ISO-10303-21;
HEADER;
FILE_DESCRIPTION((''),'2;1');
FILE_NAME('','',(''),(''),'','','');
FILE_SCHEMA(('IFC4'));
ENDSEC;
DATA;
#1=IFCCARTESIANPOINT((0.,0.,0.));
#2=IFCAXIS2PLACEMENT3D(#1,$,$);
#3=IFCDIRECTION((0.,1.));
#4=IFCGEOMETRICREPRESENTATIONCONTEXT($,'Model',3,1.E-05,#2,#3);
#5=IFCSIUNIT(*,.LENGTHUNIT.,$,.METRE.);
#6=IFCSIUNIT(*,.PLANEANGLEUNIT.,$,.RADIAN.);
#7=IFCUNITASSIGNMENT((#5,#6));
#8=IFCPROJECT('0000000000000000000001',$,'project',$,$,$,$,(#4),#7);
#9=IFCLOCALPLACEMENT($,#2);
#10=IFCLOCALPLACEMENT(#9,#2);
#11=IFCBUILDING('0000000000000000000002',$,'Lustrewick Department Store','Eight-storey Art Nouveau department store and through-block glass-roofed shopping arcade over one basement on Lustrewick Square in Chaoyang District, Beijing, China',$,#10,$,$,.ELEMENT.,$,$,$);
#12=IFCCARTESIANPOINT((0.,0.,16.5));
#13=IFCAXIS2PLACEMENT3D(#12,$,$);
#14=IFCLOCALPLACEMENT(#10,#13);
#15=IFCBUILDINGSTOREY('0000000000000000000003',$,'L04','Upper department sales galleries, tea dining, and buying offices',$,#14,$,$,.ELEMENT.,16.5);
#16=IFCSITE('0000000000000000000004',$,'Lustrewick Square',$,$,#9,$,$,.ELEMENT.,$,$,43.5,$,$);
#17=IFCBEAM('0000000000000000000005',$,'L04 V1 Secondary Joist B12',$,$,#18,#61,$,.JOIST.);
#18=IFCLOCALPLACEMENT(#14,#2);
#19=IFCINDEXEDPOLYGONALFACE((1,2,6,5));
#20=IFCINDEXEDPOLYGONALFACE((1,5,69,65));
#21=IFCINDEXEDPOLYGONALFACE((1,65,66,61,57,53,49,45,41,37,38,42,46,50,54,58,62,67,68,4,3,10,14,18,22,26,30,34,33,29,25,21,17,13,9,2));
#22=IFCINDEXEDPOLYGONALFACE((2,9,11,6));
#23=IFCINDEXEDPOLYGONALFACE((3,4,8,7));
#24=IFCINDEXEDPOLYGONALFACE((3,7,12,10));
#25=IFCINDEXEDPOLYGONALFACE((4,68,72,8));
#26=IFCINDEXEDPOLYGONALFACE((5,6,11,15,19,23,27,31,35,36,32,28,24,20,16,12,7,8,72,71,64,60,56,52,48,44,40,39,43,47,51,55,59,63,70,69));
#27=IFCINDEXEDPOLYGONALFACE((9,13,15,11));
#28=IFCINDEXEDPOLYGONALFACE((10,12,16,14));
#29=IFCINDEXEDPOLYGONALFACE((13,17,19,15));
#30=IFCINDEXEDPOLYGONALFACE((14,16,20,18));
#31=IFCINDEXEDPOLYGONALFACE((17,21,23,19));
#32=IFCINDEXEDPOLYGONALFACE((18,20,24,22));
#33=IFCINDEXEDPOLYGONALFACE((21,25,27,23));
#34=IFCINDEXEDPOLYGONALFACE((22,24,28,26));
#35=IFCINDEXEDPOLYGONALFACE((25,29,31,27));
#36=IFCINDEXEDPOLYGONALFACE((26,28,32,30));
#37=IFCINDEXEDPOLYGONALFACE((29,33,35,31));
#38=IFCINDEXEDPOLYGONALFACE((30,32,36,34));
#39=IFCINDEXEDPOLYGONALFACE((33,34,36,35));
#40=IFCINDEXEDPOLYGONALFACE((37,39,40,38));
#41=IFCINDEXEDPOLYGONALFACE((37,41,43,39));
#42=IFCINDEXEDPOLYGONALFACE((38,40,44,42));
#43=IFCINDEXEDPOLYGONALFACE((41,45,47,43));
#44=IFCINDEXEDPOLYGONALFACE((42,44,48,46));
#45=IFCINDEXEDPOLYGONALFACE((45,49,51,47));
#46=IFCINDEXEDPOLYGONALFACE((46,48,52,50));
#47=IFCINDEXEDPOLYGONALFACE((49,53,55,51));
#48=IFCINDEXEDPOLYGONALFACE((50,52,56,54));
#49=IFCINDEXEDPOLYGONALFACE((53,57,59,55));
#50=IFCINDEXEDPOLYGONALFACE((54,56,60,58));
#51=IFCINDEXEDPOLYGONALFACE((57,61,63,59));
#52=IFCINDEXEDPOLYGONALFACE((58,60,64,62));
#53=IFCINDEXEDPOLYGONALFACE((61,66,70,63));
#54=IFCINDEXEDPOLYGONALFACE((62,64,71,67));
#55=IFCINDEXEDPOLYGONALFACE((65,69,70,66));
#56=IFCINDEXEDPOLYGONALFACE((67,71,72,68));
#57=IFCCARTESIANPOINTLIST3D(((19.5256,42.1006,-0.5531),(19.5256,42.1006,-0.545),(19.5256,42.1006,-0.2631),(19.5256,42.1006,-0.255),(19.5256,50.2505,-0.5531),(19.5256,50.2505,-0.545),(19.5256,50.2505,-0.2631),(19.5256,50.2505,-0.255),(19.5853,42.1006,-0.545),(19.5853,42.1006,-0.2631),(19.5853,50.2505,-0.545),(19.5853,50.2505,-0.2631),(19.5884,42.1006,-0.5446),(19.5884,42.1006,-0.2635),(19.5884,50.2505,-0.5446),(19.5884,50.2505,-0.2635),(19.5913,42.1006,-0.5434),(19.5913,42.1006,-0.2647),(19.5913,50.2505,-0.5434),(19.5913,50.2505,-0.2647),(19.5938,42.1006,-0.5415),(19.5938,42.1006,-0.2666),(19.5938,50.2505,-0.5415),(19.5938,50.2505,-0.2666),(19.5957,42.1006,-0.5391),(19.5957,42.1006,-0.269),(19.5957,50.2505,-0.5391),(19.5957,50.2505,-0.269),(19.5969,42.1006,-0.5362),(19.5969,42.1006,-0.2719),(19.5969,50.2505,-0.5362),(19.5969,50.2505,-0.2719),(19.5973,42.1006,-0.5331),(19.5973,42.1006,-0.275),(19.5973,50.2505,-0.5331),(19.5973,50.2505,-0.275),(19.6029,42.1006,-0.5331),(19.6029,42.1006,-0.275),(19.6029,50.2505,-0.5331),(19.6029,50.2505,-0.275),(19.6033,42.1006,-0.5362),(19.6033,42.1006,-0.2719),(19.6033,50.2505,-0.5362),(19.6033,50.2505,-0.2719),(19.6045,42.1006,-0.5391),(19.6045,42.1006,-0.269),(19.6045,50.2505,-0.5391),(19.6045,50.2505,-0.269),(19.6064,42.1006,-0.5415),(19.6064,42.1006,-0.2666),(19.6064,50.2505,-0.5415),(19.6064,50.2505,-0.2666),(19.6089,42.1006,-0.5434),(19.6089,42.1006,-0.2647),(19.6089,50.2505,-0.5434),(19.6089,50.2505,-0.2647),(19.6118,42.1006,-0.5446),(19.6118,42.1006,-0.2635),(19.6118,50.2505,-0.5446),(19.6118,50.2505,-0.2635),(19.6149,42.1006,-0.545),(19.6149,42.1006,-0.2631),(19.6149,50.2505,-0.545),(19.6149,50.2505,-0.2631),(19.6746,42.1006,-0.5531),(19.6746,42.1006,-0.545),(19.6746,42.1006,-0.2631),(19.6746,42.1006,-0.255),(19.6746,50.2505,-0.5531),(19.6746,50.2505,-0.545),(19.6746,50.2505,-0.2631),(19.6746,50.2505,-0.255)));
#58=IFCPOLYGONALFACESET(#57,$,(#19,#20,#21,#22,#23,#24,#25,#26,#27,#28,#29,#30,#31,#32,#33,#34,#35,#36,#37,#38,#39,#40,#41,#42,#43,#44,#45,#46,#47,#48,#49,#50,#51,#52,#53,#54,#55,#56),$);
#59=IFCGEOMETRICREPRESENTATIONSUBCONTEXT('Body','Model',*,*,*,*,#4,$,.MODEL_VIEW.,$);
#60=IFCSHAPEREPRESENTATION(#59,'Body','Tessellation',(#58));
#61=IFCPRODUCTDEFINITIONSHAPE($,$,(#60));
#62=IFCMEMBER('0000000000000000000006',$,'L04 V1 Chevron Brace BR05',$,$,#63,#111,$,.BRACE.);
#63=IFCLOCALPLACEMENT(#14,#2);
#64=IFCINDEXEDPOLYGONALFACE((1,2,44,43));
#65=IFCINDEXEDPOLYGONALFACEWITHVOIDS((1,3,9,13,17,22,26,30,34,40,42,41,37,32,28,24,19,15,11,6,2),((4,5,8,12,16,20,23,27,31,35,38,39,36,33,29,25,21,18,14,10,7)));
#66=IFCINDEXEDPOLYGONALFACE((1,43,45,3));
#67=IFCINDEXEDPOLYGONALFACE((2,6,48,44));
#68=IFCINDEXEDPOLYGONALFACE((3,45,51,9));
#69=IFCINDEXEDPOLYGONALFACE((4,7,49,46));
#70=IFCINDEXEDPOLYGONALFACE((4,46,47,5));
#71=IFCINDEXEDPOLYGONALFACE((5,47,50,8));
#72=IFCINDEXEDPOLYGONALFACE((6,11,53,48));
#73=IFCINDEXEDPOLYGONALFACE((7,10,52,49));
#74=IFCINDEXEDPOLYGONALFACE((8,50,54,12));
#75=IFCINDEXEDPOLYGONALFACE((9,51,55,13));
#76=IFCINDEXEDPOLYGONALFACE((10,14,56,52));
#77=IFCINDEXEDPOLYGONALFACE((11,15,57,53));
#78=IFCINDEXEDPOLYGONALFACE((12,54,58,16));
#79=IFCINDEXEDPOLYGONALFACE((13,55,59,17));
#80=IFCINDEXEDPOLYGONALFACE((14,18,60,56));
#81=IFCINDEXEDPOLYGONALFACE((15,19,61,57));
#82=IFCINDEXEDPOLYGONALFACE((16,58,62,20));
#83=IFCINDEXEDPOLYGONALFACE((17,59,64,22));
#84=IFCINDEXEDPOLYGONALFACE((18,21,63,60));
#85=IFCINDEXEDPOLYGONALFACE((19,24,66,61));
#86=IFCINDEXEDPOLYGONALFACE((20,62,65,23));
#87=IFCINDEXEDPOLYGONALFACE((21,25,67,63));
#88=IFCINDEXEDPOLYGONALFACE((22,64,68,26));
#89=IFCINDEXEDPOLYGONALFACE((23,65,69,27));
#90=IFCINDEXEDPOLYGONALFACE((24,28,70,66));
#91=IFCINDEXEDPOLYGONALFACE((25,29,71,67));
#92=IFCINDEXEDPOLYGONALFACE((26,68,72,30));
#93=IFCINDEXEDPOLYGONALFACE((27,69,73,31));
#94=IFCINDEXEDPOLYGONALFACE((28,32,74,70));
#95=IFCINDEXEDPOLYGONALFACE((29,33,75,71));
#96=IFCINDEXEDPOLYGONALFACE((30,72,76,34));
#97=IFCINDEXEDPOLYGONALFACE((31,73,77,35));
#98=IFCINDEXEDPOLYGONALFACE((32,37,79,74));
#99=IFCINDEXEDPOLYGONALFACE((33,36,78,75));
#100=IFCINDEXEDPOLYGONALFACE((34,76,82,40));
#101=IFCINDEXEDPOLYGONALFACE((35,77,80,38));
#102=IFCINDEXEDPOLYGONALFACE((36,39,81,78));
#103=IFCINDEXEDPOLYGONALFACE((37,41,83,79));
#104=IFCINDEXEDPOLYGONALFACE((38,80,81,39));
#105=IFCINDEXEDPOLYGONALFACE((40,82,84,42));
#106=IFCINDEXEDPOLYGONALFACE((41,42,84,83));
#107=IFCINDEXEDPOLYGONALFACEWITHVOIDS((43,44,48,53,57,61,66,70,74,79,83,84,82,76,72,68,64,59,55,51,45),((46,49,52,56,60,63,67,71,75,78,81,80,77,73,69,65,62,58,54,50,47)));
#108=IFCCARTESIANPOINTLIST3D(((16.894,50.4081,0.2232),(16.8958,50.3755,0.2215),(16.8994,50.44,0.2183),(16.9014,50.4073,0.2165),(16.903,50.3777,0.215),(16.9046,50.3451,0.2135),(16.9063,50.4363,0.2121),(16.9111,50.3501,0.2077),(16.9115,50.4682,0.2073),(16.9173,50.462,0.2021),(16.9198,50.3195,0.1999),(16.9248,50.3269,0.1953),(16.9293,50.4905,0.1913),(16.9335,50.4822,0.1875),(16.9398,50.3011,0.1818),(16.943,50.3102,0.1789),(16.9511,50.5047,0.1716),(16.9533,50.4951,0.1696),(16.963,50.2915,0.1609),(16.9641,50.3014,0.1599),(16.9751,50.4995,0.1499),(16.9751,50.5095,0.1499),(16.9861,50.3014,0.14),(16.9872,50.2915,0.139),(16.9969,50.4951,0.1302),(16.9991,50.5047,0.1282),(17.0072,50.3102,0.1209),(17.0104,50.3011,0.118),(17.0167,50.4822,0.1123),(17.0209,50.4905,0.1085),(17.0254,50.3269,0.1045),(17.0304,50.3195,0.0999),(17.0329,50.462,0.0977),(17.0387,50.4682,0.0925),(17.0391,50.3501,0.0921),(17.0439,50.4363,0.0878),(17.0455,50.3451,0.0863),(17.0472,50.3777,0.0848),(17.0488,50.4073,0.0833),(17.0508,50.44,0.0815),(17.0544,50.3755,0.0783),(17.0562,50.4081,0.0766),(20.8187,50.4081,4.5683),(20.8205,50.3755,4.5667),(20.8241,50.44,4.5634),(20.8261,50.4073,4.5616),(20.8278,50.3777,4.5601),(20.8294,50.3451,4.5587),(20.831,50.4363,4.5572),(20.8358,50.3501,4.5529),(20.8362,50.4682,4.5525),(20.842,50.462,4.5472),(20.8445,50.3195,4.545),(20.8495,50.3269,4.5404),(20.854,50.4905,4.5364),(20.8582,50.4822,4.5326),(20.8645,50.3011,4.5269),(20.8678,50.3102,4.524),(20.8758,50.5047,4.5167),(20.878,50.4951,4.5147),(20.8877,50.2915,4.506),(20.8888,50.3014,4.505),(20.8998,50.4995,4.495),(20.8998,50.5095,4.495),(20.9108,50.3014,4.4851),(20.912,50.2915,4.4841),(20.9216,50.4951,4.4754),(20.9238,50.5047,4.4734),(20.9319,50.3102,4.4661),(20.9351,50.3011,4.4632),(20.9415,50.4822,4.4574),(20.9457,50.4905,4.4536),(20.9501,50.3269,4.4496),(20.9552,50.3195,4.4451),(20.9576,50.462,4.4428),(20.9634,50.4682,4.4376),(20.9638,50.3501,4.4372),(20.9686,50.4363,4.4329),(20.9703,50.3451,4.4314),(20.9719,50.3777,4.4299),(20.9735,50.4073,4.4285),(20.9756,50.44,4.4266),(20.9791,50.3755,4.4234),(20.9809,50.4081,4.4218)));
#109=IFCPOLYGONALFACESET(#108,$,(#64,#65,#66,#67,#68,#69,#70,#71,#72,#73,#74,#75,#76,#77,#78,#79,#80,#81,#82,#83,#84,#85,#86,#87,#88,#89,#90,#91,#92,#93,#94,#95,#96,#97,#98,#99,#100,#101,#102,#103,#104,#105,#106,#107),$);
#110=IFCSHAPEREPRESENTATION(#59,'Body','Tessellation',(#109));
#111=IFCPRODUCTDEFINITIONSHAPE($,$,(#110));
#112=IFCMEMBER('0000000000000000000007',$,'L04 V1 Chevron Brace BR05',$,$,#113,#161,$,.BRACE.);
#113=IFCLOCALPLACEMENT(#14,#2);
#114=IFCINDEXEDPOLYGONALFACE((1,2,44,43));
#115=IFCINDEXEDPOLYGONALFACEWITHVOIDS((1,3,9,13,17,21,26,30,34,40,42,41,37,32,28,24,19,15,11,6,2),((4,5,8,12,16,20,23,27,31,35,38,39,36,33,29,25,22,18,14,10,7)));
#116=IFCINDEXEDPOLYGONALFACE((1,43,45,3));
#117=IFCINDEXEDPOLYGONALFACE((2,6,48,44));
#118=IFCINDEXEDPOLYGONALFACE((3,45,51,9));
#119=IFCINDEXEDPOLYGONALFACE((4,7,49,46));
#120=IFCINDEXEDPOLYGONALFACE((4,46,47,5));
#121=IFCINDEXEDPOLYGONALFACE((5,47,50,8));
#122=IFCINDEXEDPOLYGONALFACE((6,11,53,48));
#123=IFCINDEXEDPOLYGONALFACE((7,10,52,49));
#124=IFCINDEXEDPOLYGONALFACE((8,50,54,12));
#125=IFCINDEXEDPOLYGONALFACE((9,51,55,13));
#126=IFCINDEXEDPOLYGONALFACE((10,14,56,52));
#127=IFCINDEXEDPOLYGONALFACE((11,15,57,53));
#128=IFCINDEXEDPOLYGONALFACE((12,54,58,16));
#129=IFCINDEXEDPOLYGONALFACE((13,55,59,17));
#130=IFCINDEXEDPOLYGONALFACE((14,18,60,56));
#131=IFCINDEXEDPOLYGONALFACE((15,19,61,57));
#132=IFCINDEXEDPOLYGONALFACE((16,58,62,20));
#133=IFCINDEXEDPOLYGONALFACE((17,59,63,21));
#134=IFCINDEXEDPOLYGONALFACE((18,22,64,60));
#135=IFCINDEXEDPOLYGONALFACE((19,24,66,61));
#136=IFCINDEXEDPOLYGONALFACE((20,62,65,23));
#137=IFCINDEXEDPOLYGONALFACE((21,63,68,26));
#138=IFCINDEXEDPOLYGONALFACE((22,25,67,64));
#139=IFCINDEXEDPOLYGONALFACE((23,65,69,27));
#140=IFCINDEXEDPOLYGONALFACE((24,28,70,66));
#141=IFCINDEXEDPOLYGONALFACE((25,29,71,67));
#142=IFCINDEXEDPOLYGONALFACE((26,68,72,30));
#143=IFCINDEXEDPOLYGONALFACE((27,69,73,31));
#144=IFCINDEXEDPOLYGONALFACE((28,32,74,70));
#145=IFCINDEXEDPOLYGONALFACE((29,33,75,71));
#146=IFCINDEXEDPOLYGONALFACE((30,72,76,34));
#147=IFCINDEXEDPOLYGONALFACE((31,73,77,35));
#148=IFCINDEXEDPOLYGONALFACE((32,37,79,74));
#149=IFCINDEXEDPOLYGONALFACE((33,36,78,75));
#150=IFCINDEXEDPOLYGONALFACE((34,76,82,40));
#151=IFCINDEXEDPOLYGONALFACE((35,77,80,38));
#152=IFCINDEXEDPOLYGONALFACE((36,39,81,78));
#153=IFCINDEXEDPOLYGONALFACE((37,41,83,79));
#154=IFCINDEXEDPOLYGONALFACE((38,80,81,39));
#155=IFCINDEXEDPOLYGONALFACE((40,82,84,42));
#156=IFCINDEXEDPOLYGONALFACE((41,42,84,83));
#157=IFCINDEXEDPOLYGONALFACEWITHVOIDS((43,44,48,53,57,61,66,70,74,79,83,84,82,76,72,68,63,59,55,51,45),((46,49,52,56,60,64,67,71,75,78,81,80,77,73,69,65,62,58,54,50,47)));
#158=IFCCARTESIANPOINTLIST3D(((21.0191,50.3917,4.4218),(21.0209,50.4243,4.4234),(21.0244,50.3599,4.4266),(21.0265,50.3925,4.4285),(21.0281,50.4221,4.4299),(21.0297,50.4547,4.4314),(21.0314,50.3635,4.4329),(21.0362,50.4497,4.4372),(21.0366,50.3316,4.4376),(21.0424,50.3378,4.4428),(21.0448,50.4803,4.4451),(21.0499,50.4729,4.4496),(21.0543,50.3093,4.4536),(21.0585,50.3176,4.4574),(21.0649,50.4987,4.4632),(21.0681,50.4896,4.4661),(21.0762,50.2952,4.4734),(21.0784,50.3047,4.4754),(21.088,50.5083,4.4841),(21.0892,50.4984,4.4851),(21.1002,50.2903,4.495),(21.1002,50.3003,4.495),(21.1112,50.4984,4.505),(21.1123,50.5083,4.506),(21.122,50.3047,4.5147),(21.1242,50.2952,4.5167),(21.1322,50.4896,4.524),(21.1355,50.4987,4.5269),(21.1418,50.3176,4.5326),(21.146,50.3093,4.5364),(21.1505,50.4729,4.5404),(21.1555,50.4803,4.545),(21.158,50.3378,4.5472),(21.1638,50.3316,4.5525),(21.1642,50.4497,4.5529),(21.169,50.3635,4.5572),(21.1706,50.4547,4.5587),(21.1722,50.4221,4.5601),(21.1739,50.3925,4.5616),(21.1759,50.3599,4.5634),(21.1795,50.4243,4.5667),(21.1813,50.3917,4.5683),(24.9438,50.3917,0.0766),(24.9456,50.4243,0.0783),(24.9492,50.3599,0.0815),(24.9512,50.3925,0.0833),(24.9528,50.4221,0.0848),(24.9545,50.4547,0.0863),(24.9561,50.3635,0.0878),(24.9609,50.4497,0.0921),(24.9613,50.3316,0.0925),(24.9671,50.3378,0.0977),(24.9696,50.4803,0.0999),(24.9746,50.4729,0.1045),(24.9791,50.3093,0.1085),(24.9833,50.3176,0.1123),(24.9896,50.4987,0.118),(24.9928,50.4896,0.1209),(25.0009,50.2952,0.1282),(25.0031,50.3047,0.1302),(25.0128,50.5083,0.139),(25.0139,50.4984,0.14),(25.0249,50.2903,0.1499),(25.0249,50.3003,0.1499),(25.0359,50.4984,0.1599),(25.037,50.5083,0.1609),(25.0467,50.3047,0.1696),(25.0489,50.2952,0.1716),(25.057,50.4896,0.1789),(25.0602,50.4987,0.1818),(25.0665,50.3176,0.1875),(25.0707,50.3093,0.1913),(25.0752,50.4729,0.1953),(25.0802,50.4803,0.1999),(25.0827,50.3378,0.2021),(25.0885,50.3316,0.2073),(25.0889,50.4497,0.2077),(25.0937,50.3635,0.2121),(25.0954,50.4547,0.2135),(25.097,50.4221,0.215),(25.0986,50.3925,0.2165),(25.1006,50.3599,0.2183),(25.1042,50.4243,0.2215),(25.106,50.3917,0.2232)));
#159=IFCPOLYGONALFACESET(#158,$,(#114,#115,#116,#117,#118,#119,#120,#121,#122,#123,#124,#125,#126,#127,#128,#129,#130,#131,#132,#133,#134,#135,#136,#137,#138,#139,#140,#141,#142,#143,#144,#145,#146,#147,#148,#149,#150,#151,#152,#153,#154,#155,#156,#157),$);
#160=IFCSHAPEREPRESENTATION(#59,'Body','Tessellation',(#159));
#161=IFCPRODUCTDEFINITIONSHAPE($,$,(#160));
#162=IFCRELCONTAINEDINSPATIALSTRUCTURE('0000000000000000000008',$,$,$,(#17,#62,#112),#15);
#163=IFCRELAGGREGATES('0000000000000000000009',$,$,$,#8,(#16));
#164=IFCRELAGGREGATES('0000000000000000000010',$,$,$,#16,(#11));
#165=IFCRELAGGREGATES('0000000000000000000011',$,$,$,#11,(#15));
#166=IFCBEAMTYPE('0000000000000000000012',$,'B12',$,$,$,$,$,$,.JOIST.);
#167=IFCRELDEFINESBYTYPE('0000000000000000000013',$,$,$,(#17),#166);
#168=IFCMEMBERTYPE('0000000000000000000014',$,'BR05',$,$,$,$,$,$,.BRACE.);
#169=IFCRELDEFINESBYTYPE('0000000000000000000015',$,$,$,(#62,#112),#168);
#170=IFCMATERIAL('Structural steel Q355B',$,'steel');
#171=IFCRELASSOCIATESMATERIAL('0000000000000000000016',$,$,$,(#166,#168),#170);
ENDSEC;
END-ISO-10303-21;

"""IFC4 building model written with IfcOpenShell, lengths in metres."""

from ifc_helpers import new_model, si_unit, direction, frame, origin, origin_2d, place, context, subcontext, project, spatial, hollow_circle, i_section, extrude, material, material_profile, profile_set, type_object, element, save


model = new_model("IFC4")

# Units and contexts
model_context = context("Model", 3, precision=1e-05, world=origin(), true_north=direction((0.0, 1.0)))
body_context = subcontext(model_context, "Body", "Model", "MODEL_VIEW")
ifc_project = project(units=[si_unit("LENGTHUNIT", "METRE"), si_unit("PLANEANGLEUNIT", "RADIAN")], contexts=[model_context])

# Site, building, storey
site_placement = place(None, origin())
site = spatial("IfcSite", under=ifc_project, at=site_placement, Name="Lustrewick Square", CompositionType="ELEMENT", RefElevation=43.5)
building_placement = place(site_placement, origin())
building = spatial("IfcBuilding", under=site, at=building_placement, Name="Lustrewick Department Store", Description="Eight-storey Art Nouveau department store and through-block glass-roofed shopping arcade over one basement on Lustrewick Square in Chaoyang District, Beijing, China", CompositionType="ELEMENT")
storey_placement = place(building_placement, frame((0.0, 0.0, 16.5)))
storey = spatial("IfcBuildingStorey", under=building, at=storey_placement, Name="L04", Description="Upper department sales galleries, tea dining, and buying offices", CompositionType="ELEMENT", Elevation=16.5)

# Shared definitions
ifc_material_1 = material(Name="Structural steel Q355B", Category="steel")

# Beam
ifc_material_profile_1 = material_profile(ifc_material_1, i_section(OverallWidth=0.1489, OverallDepth=0.2981, WebThickness=0.0056, FlangeThickness=0.0081, FilletRadius=0.012, at=origin_2d()), Name="HN 298x149x5.5x8")
ifc_profile_set_1 = profile_set([ifc_material_profile_1], Name="Structural steel Q355B")
beam_type_1 = type_object("IfcBeamType", Name="B12", PredefinedType="JOIST", material=ifc_profile_set_1)
beam_1_placement = place(storey_placement, frame((19.6001, 42.1006, -0.4041), z_axis=(0.0, 1.0, 0.0), x_axis=(-1.0, 0.0, 0.0)))
element("IfcBeam", 1, at=beam_1_placement, inside=storey, type_object=beam_type_1, Name="L04 V1 Secondary Joist B12", PredefinedType="JOIST", context=body_context, shape_type="SweptSolid", body=[
    extrude(i_section(OverallWidth=0.1489, OverallDepth=0.2981, WebThickness=0.0056, FlangeThickness=0.0081, FilletRadius=0.012, at=origin_2d()), origin(), (0.0, 0.0, 1.0), 8.1499),
])

# Members
ifc_material_profile_2 = material_profile(ifc_material_1, hollow_circle(Radius=0.1096, WallThickness=0.01, at=origin_2d()), Name="CHS 219x10")
ifc_profile_set_2 = profile_set([ifc_material_profile_2], Name="Structural steel Q355B")
member_type = type_object("IfcMemberType", Name="BR05", PredefinedType="BRACE", material=ifc_profile_set_2)
for number, where, z_axis, x_axis, name in (
    (2, (16.9751, 50.3999, 0.1499), (0.670295, 0.0, 0.742095), (0.0, 1.0, 0.0), "L04 V1 Chevron Brace BR05"),
    (3, (25.0249, 50.3999, 0.1499), (-0.670295, 0.0, 0.742095), (0.0, -1.0, 0.0), "L04 V1 Chevron Brace BR05"),
):
    element("IfcMember", number, at=place(storey_placement, frame(where, z_axis=z_axis, x_axis=x_axis)), inside=storey, type_object=member_type, Name=name, PredefinedType="BRACE", context=body_context, shape_type="SweptSolid", body=[
        extrude(hollow_circle(Radius=0.1096, WallThickness=0.01, at=origin_2d()), origin(), (0.0, 0.0, 1.0), 5.8552),
    ])

save(model, "model.ifc")
